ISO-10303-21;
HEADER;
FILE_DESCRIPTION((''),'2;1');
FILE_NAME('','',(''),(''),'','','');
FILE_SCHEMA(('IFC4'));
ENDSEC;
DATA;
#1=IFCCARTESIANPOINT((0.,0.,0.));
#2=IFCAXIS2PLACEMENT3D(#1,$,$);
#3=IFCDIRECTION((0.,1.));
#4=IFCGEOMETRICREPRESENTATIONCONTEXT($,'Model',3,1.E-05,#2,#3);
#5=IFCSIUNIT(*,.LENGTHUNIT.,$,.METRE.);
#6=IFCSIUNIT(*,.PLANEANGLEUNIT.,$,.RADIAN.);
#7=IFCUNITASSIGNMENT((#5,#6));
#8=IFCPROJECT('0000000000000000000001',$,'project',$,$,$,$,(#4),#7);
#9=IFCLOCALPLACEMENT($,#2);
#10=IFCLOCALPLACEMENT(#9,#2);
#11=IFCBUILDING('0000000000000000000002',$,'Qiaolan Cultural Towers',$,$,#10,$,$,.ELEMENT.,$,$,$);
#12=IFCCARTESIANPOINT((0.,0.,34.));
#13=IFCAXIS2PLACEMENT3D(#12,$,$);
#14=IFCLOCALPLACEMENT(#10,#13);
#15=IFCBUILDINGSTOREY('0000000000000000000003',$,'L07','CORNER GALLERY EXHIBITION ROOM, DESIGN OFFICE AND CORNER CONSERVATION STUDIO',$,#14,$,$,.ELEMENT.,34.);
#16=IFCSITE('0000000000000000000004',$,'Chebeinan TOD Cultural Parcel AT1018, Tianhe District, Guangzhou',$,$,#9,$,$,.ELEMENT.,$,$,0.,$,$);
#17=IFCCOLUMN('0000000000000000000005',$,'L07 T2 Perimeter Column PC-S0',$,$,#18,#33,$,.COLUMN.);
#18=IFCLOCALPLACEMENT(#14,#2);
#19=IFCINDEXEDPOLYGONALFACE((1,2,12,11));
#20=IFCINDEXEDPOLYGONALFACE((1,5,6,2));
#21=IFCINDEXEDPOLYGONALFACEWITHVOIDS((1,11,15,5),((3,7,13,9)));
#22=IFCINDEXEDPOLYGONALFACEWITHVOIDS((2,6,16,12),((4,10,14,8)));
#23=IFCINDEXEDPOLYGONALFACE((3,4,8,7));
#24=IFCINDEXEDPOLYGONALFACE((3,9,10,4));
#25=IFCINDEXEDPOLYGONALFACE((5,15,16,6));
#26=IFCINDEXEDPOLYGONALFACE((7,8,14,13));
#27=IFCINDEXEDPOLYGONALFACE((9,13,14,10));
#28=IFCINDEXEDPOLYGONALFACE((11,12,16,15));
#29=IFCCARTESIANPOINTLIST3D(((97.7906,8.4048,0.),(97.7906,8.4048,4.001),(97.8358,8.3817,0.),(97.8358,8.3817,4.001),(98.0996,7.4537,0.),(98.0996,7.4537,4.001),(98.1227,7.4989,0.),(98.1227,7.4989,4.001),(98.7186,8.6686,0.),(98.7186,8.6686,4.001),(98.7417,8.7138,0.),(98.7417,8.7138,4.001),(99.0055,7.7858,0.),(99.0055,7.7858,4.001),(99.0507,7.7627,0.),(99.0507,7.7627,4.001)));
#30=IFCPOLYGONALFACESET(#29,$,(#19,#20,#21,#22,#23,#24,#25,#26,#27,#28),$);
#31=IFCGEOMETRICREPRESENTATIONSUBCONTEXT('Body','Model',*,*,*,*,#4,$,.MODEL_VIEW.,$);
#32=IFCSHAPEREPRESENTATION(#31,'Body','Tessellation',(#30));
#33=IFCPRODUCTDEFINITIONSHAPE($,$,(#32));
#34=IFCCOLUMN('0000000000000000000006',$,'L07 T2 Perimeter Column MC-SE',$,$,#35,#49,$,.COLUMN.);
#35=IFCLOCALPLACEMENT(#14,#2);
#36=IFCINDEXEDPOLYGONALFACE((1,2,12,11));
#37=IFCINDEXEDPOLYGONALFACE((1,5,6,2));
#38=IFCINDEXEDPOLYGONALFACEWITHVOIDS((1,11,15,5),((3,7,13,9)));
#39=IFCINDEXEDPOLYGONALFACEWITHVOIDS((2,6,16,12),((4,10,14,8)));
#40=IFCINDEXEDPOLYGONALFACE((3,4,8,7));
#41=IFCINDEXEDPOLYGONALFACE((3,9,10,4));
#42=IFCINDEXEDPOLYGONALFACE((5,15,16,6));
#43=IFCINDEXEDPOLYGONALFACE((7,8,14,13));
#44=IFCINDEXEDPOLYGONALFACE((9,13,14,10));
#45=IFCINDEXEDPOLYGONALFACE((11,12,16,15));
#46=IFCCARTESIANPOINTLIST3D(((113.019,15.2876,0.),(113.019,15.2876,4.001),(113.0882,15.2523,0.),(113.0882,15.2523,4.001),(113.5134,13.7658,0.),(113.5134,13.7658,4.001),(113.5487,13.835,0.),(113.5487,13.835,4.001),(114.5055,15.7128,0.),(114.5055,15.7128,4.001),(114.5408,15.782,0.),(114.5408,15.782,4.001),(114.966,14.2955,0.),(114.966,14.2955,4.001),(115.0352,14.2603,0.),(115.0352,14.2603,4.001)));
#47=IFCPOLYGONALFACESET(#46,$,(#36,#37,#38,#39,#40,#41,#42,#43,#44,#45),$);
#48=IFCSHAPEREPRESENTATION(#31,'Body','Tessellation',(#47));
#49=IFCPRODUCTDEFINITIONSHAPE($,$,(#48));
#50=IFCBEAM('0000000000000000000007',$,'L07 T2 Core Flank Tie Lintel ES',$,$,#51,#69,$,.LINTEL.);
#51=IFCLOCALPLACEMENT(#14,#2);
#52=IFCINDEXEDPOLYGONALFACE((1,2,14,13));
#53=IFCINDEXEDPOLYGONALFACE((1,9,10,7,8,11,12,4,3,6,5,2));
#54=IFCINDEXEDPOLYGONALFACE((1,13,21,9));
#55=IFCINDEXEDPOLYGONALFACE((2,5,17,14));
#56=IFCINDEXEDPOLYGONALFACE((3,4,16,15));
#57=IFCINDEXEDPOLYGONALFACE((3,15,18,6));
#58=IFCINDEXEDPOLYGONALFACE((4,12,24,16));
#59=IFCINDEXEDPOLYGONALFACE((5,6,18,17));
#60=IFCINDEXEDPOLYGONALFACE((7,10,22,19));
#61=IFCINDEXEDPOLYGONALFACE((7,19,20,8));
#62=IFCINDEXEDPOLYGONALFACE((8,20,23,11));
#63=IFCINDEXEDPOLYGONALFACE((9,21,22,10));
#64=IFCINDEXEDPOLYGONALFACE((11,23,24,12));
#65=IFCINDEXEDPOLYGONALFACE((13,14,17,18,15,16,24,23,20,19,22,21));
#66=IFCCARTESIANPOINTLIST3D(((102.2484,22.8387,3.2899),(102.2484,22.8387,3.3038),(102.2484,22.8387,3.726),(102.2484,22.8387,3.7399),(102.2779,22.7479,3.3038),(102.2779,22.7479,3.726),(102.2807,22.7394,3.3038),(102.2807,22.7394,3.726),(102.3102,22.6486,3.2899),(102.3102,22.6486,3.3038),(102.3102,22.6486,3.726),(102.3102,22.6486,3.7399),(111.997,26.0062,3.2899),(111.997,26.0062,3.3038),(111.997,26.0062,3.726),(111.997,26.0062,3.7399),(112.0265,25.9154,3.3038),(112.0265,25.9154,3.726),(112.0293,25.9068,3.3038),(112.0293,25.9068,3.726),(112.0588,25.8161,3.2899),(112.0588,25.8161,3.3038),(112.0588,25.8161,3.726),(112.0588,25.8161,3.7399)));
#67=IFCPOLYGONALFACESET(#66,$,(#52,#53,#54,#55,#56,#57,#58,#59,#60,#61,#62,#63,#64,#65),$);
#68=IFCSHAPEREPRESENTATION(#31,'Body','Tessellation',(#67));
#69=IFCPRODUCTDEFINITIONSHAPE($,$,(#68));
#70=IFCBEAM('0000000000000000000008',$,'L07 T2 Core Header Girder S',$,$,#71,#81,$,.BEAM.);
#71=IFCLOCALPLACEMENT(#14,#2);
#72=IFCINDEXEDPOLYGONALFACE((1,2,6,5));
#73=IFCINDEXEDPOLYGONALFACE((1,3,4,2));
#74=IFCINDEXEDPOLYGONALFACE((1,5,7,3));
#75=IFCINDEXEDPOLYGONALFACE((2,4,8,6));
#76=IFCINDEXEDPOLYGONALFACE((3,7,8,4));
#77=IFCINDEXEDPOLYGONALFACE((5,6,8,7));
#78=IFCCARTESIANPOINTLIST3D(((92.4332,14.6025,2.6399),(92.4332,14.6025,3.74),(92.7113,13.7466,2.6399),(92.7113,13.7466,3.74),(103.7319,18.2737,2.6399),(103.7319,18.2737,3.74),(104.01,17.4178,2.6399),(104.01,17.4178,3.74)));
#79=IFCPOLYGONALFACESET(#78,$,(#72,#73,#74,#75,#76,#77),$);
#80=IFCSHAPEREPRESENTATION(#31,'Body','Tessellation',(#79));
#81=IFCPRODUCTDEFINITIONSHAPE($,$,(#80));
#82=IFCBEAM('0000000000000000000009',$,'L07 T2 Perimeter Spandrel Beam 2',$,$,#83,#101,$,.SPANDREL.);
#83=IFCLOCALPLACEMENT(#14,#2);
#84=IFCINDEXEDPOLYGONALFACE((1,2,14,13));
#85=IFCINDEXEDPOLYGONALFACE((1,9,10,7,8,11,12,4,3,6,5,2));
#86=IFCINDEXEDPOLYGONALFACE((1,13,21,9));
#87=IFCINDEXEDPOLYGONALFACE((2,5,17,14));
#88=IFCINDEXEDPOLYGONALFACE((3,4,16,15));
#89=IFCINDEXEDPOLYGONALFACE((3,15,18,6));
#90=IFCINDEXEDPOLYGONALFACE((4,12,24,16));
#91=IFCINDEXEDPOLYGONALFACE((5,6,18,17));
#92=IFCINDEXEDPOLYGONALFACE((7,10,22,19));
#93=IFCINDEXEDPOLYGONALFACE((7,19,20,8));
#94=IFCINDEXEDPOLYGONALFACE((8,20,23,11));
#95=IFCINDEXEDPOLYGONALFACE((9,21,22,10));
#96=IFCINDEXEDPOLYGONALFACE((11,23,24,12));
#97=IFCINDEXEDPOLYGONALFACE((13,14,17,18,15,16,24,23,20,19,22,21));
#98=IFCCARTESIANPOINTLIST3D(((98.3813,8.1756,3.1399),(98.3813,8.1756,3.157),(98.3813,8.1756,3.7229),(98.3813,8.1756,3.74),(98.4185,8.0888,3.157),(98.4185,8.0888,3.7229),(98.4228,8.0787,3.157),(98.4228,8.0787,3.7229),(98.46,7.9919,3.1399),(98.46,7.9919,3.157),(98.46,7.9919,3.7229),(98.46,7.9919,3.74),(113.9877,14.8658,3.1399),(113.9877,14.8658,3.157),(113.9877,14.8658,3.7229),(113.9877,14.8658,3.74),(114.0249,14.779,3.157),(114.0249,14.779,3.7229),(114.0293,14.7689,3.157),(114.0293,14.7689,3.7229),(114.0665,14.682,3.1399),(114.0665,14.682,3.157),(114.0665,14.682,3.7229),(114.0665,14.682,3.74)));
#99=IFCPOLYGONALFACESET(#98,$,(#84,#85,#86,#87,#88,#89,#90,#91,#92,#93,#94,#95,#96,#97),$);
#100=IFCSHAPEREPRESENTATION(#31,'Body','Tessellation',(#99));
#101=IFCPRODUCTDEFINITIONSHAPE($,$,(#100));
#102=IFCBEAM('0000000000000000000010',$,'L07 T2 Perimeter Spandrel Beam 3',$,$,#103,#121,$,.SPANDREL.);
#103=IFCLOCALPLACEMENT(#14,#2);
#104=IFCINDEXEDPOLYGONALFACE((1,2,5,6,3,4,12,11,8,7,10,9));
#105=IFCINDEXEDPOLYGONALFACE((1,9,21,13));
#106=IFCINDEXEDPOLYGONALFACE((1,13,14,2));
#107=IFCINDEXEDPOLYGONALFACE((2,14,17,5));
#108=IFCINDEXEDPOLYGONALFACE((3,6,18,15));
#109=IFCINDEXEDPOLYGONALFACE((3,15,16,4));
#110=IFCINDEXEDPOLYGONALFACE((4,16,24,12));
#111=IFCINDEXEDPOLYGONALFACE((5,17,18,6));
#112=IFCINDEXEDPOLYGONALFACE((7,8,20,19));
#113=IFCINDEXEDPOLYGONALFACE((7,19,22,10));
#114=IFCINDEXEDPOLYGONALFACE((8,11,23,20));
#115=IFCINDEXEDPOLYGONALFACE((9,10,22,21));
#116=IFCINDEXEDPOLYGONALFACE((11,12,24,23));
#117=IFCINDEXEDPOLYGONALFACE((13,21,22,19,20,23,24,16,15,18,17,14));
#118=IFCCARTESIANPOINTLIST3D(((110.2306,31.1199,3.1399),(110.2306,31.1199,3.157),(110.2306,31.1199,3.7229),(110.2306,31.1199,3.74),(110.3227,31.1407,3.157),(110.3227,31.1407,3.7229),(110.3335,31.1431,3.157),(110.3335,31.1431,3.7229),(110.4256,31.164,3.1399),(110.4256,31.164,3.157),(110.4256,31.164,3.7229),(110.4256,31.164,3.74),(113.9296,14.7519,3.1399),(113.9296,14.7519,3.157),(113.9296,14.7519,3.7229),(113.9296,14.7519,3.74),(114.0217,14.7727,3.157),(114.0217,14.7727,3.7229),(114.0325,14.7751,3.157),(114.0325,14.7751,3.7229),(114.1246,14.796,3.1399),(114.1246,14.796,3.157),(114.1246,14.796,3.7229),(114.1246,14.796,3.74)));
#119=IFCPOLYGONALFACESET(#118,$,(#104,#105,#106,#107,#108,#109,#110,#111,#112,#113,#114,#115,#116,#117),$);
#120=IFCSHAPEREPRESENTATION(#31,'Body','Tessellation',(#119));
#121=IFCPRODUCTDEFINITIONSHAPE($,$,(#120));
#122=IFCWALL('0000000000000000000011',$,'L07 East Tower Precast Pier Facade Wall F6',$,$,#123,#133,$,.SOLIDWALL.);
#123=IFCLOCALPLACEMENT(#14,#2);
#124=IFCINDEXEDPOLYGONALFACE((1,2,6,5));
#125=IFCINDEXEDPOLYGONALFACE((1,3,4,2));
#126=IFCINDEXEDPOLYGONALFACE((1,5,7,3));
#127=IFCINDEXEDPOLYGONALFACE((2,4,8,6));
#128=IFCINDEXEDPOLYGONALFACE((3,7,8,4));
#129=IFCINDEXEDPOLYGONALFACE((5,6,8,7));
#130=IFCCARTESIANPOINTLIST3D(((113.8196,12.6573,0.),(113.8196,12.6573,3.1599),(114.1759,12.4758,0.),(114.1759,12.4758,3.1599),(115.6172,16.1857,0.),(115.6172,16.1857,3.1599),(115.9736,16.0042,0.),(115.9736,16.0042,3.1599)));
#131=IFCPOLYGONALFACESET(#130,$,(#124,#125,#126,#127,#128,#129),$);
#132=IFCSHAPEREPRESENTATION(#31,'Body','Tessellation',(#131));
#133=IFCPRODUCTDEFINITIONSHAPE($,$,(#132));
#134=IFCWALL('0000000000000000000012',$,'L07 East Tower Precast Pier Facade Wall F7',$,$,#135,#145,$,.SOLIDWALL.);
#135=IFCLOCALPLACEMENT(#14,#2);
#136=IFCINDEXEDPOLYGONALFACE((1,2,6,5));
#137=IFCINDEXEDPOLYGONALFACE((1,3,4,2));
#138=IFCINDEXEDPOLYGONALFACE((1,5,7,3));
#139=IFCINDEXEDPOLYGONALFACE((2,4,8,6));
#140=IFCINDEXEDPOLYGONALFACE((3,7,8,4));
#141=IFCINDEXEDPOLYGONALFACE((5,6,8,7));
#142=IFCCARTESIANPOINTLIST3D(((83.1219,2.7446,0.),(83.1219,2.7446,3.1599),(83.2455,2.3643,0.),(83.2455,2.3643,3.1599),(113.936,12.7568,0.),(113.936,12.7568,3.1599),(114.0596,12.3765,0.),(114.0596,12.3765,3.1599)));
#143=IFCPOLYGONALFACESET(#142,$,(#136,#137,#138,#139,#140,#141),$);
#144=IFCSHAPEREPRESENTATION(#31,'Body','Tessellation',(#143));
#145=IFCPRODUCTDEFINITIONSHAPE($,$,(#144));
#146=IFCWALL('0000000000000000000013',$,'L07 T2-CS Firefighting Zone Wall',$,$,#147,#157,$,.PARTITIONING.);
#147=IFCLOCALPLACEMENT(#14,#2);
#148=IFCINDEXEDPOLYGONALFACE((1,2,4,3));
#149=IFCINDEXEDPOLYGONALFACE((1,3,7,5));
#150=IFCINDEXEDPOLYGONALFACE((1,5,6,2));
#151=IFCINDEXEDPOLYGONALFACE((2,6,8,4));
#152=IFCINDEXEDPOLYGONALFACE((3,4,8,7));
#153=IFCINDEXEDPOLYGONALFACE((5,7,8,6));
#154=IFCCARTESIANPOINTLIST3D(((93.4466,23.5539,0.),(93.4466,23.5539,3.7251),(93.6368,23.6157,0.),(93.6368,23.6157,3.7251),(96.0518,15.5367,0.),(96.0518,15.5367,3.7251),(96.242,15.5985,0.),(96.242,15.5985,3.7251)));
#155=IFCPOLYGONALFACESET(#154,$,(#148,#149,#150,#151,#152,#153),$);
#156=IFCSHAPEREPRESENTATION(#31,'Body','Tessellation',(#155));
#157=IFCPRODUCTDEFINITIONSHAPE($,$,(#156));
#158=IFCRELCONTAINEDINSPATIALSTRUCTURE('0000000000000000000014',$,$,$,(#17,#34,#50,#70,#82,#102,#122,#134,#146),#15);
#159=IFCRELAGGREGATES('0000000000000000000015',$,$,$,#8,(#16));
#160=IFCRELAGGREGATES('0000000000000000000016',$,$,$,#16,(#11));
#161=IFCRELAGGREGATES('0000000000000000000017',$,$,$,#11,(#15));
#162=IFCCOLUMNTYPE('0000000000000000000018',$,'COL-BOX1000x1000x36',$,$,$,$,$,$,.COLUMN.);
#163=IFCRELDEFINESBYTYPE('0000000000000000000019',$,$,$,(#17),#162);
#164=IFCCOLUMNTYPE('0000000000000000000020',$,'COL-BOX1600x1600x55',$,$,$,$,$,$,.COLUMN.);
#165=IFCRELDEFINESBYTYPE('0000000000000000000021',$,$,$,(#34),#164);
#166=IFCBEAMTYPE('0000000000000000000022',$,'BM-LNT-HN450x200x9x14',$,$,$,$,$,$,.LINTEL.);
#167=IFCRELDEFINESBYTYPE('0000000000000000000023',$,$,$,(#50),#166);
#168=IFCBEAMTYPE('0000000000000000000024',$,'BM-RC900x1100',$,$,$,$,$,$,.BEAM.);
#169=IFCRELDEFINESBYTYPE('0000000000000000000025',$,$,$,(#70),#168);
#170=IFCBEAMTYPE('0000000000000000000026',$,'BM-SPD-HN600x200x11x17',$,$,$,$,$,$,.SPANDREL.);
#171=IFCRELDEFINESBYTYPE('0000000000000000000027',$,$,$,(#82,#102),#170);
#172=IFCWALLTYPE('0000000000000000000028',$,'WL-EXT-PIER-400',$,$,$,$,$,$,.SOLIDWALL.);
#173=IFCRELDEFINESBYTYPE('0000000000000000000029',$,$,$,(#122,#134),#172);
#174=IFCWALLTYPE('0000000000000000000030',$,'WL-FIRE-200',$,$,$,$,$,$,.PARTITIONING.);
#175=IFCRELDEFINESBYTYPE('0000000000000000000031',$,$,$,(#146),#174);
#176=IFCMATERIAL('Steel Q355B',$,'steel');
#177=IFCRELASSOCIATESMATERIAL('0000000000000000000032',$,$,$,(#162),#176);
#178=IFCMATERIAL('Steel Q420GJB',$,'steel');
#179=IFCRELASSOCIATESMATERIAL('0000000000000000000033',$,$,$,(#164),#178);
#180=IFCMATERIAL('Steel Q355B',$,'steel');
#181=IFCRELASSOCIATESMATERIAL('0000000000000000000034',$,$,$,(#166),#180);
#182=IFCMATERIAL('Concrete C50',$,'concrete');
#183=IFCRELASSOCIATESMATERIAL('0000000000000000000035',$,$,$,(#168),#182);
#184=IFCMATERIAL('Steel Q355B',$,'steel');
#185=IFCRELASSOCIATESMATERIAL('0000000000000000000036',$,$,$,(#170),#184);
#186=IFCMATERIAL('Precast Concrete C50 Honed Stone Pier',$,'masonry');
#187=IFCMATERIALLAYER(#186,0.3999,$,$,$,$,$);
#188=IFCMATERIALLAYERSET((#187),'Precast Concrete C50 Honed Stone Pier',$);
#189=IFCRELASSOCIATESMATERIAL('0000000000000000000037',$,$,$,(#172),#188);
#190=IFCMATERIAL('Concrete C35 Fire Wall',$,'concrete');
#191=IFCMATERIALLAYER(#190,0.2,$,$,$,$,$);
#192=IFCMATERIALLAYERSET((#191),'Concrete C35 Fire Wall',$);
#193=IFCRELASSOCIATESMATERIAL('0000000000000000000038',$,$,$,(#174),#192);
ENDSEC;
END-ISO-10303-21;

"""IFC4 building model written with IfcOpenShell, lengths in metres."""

from ifc_helpers import new_model, si_unit, direction, frame, frame_2d, origin, origin_2d, place, context, subcontext, project, spatial, rectangle, hollow_rectangle, i_section, extrude, material, layer, layer_set, material_profile, profile_set, type_object, element, save


model = new_model("IFC4")

# Units and contexts
model_context = context("Model", 3, precision=1e-05, world=origin(), true_north=direction((0.0, 1.0)))
body_context = subcontext(model_context, "Body", "Model", "MODEL_VIEW")
ifc_project = project(units=[si_unit("LENGTHUNIT", "METRE"), si_unit("PLANEANGLEUNIT", "RADIAN")], contexts=[model_context])

# Site, building, storey
site_placement = place(None, origin())
site = spatial("IfcSite", under=ifc_project, at=site_placement, Name="Chebeinan TOD Cultural Parcel AT1018, Tianhe District, Guangzhou", CompositionType="ELEMENT", RefElevation=0.0)
building_placement = place(site_placement, origin())
building = spatial("IfcBuilding", under=site, at=building_placement, Name="Qiaolan Cultural Towers", CompositionType="ELEMENT")
storey_placement = place(building_placement, frame((0.0, 0.0, 34.0)))
storey = spatial("IfcBuildingStorey", under=building, at=storey_placement, Name="L07", Description="CORNER GALLERY EXHIBITION ROOM, DESIGN OFFICE AND CORNER CONSERVATION STUDIO", CompositionType="ELEMENT", Elevation=34.0)

# Columns
ifc_material_1 = material(Name="Steel Q355B", Category="steel")
ifc_material_profile_1 = material_profile(ifc_material_1, hollow_rectangle(XDim=1.0, YDim=1.0, WallThickness=0.0359, at=origin_2d()), Name="BOX1000x1000x36")
ifc_profile_set_1 = profile_set([ifc_material_profile_1], Name="Steel Q355B")
column_type_1 = type_object("IfcColumnType", Name="COL-BOX1000x1000x36", PredefinedType="COLUMN", material=ifc_profile_set_1)
column_1_placement = place(storey_placement, frame((98.4207, 8.0837, 0.0), z_axis=(0.0, 0.0, 1.0), x_axis=(0.951057, 0.309017, 0.0)))
element("IfcColumn", 1, at=column_1_placement, inside=storey, type_object=column_type_1, Name="L07 T2 Perimeter Column PC-S0", PredefinedType="COLUMN", context=body_context, shape_type="SweptSolid", body=[
    extrude(hollow_rectangle(XDim=1.0, YDim=1.0, WallThickness=0.0359, at=origin_2d()), origin(), (0.0, 0.0, 1.0), 4.001),
])
ifc_material_2 = material(Name="Steel Q420GJB", Category="steel")
ifc_material_profile_2 = material_profile(ifc_material_2, hollow_rectangle(XDim=1.6001, YDim=1.6001, WallThickness=0.0549, at=origin_2d()), Name="BOX1600x1600x55")
ifc_profile_set_2 = profile_set([ifc_material_profile_2], Name="Steel Q420GJB")
column_type_2 = type_object("IfcColumnType", Name="COL-BOX1600x1600x55", PredefinedType="COLUMN", material=ifc_profile_set_2)
column_2_placement = place(storey_placement, frame((114.0271, 14.7739, 0.0), z_axis=(0.0, 0.0, 1.0), x_axis=(0.951057, 0.309017, 0.0)))
element("IfcColumn", 2, at=column_2_placement, inside=storey, type_object=column_type_2, Name="L07 T2 Perimeter Column MC-SE", PredefinedType="COLUMN", context=body_context, shape_type="SweptSolid", body=[
    extrude(hollow_rectangle(XDim=1.6001, YDim=1.6001, WallThickness=0.0549, at=origin_2d()), origin(), (0.0, 0.0, 1.0), 4.001),
])

# Beams
ifc_material_3 = material(Name="Steel Q355B", Category="steel")
ifc_material_profile_3 = material_profile(ifc_material_3, i_section(OverallWidth=0.2, OverallDepth=0.45, WebThickness=0.009, FlangeThickness=0.0139, at=origin_2d()), Name="HN450x200x9x14")
ifc_profile_set_3 = profile_set([ifc_material_profile_3], Name="Steel Q355B")
beam_type_1 = type_object("IfcBeamType", Name="BM-LNT-HN450x200x9x14", PredefinedType="LINTEL", material=ifc_profile_set_3)
beam_1_placement = place(storey_placement, frame((102.2793, 22.7437, 3.5149), z_axis=(0.951057, 0.309016, 0.0), x_axis=(-0.309016, 0.951057, 0.0)))
element("IfcBeam", 3, at=beam_1_placement, inside=storey, type_object=beam_type_1, Name="L07 T2 Core Flank Tie Lintel ES", PredefinedType="LINTEL", context=body_context, shape_type="SweptSolid", body=[
    extrude(i_section(OverallWidth=0.2, OverallDepth=0.45, WebThickness=0.009, FlangeThickness=0.0139, at=origin_2d()), origin(), (0.0, 0.0, 1.0), 10.2502),
])
ifc_material_4 = material(Name="Concrete C50", Category="concrete")
ifc_material_profile_4 = material_profile(ifc_material_4, rectangle(XDim=0.8999, YDim=1.1001, at=origin_2d()), Name="RC900x1100")
ifc_profile_set_4 = profile_set([ifc_material_profile_4], Name="Concrete C50")
beam_type_2 = type_object("IfcBeamType", Name="BM-RC900x1100", PredefinedType="BEAM", material=ifc_profile_set_4)
beam_2_placement = place(storey_placement, frame((92.5723, 14.1746, 3.1899), z_axis=(0.951056, 0.309018, 0.0), x_axis=(-0.309018, 0.951056, 0.0)))
element("IfcBeam", 4, at=beam_2_placement, inside=storey, type_object=beam_type_2, Name="L07 T2 Core Header Girder S", PredefinedType="BEAM", context=body_context, shape_type="SweptSolid", body=[
    extrude(rectangle(XDim=0.8999, YDim=1.1001, at=origin_2d()), origin(), (0.0, 0.0, 1.0), 11.8801),
])
ifc_material_5 = material(Name="Steel Q355B", Category="steel")
ifc_material_profile_5 = material_profile(ifc_material_5, i_section(OverallWidth=0.2, OverallDepth=0.6001, WebThickness=0.011, FlangeThickness=0.0171, at=origin_2d()), Name="HN600x200x11x17")
ifc_profile_set_5 = profile_set([ifc_material_profile_5], Name="Steel Q355B")
beam_type_3 = type_object("IfcBeamType", Name="BM-SPD-HN600x200x11x17", PredefinedType="SPANDREL", material=ifc_profile_set_5)
beam_3_placement = place(storey_placement, frame((98.4207, 8.0837, 3.4399), z_axis=(0.919109, 0.394004, 0.0), x_axis=(-0.394004, 0.919109, 0.0)))
element("IfcBeam", 5, at=beam_3_placement, inside=storey, type_object=beam_type_3, Name="L07 T2 Perimeter Spandrel Beam 2", PredefinedType="SPANDREL", context=body_context, shape_type="SweptSolid", body=[
    extrude(i_section(OverallWidth=0.2, OverallDepth=0.6001, WebThickness=0.011, FlangeThickness=0.0171, at=origin_2d()), origin(), (0.0, 0.0, 1.0), 16.98),
])
beam_4_placement = place(storey_placement, frame((114.0271, 14.7739, 3.4399), z_axis=(-0.220431, 0.975403, 0.0), x_axis=(-0.975403, -0.220431, 0.0)))
element("IfcBeam", 6, at=beam_4_placement, inside=storey, type_object=beam_type_3, Name="L07 T2 Perimeter Spandrel Beam 3", PredefinedType="SPANDREL", context=body_context, shape_type="SweptSolid", body=[
    extrude(i_section(OverallWidth=0.2, OverallDepth=0.6001, WebThickness=0.011, FlangeThickness=0.0171, at=origin_2d()), origin(), (0.0, 0.0, 1.0), 16.7808),
])

# Walls
ifc_material_6 = material(Name="Precast Concrete C50 Honed Stone Pier", Category="masonry")
ifc_layer_1 = layer(ifc_material_6, 0.3999)
ifc_layer_set_1 = layer_set([ifc_layer_1], Name="Precast Concrete C50 Honed Stone Pier")
wall_type_1 = type_object("IfcWallType", Name="WL-EXT-PIER-400", PredefinedType="SOLIDWALL", material=ifc_layer_set_1)
wall_1_placement = place(storey_placement, frame((115.7954, 16.095, 0.0), z_axis=(0.0, 0.0, 1.0), x_axis=(-0.453958, -0.891023, 0.0)))
element("IfcWall", 7, at=wall_1_placement, inside=storey, type_object=wall_type_1, Name="L07 East Tower Precast Pier Facade Wall F6", PredefinedType="SOLIDWALL", context=body_context, shape_type="SweptSolid", body=[
    extrude(rectangle(XDim=3.96, YDim=0.3999, at=frame_2d((1.98, 0.0))), origin(), (0.0, 0.0, 1.0), 3.1599),
])
wall_2_placement = place(storey_placement, frame((113.9978, 12.5667, 0.0), z_axis=(0.0, 0.0, 1.0), x_axis=(-0.951056, -0.309019, 0.0)))
element("IfcWall", 8, at=wall_2_placement, inside=storey, type_object=wall_type_1, Name="L07 East Tower Precast Pier Facade Wall F7", PredefinedType="SOLIDWALL", context=body_context, shape_type="SweptSolid", body=[
    extrude(rectangle(XDim=32.3999, YDim=0.3999, at=frame_2d((16.2, 0.0))), origin(), (0.0, 0.0, 1.0), 3.1599),
])
ifc_material_7 = material(Name="Concrete C35 Fire Wall", Category="concrete")
ifc_layer_2 = layer(ifc_material_7, 0.2)
ifc_layer_set_2 = layer_set([ifc_layer_2], Name="Concrete C35 Fire Wall")
wall_type_2 = type_object("IfcWallType", Name="WL-FIRE-200", PredefinedType="PARTITIONING", material=ifc_layer_set_2)
wall_3_placement = place(storey_placement, frame((93.5417, 23.5847, 0.0), z_axis=(0.0, 0.0, 1.0), x_axis=(0.309042, -0.951048, 0.0)))
element("IfcWall", 9, at=wall_3_placement, inside=storey, type_object=wall_type_2, Name="L07 T2-CS Firefighting Zone Wall", PredefinedType="PARTITIONING", context=body_context, shape_type="SweptSolid", body=[
    extrude(rectangle(XDim=8.4299, YDim=0.2, at=frame_2d((4.2148, 0.0))), origin(), (0.0, 0.0, 1.0), 3.7251),
])

save(model, "model.ifc")
